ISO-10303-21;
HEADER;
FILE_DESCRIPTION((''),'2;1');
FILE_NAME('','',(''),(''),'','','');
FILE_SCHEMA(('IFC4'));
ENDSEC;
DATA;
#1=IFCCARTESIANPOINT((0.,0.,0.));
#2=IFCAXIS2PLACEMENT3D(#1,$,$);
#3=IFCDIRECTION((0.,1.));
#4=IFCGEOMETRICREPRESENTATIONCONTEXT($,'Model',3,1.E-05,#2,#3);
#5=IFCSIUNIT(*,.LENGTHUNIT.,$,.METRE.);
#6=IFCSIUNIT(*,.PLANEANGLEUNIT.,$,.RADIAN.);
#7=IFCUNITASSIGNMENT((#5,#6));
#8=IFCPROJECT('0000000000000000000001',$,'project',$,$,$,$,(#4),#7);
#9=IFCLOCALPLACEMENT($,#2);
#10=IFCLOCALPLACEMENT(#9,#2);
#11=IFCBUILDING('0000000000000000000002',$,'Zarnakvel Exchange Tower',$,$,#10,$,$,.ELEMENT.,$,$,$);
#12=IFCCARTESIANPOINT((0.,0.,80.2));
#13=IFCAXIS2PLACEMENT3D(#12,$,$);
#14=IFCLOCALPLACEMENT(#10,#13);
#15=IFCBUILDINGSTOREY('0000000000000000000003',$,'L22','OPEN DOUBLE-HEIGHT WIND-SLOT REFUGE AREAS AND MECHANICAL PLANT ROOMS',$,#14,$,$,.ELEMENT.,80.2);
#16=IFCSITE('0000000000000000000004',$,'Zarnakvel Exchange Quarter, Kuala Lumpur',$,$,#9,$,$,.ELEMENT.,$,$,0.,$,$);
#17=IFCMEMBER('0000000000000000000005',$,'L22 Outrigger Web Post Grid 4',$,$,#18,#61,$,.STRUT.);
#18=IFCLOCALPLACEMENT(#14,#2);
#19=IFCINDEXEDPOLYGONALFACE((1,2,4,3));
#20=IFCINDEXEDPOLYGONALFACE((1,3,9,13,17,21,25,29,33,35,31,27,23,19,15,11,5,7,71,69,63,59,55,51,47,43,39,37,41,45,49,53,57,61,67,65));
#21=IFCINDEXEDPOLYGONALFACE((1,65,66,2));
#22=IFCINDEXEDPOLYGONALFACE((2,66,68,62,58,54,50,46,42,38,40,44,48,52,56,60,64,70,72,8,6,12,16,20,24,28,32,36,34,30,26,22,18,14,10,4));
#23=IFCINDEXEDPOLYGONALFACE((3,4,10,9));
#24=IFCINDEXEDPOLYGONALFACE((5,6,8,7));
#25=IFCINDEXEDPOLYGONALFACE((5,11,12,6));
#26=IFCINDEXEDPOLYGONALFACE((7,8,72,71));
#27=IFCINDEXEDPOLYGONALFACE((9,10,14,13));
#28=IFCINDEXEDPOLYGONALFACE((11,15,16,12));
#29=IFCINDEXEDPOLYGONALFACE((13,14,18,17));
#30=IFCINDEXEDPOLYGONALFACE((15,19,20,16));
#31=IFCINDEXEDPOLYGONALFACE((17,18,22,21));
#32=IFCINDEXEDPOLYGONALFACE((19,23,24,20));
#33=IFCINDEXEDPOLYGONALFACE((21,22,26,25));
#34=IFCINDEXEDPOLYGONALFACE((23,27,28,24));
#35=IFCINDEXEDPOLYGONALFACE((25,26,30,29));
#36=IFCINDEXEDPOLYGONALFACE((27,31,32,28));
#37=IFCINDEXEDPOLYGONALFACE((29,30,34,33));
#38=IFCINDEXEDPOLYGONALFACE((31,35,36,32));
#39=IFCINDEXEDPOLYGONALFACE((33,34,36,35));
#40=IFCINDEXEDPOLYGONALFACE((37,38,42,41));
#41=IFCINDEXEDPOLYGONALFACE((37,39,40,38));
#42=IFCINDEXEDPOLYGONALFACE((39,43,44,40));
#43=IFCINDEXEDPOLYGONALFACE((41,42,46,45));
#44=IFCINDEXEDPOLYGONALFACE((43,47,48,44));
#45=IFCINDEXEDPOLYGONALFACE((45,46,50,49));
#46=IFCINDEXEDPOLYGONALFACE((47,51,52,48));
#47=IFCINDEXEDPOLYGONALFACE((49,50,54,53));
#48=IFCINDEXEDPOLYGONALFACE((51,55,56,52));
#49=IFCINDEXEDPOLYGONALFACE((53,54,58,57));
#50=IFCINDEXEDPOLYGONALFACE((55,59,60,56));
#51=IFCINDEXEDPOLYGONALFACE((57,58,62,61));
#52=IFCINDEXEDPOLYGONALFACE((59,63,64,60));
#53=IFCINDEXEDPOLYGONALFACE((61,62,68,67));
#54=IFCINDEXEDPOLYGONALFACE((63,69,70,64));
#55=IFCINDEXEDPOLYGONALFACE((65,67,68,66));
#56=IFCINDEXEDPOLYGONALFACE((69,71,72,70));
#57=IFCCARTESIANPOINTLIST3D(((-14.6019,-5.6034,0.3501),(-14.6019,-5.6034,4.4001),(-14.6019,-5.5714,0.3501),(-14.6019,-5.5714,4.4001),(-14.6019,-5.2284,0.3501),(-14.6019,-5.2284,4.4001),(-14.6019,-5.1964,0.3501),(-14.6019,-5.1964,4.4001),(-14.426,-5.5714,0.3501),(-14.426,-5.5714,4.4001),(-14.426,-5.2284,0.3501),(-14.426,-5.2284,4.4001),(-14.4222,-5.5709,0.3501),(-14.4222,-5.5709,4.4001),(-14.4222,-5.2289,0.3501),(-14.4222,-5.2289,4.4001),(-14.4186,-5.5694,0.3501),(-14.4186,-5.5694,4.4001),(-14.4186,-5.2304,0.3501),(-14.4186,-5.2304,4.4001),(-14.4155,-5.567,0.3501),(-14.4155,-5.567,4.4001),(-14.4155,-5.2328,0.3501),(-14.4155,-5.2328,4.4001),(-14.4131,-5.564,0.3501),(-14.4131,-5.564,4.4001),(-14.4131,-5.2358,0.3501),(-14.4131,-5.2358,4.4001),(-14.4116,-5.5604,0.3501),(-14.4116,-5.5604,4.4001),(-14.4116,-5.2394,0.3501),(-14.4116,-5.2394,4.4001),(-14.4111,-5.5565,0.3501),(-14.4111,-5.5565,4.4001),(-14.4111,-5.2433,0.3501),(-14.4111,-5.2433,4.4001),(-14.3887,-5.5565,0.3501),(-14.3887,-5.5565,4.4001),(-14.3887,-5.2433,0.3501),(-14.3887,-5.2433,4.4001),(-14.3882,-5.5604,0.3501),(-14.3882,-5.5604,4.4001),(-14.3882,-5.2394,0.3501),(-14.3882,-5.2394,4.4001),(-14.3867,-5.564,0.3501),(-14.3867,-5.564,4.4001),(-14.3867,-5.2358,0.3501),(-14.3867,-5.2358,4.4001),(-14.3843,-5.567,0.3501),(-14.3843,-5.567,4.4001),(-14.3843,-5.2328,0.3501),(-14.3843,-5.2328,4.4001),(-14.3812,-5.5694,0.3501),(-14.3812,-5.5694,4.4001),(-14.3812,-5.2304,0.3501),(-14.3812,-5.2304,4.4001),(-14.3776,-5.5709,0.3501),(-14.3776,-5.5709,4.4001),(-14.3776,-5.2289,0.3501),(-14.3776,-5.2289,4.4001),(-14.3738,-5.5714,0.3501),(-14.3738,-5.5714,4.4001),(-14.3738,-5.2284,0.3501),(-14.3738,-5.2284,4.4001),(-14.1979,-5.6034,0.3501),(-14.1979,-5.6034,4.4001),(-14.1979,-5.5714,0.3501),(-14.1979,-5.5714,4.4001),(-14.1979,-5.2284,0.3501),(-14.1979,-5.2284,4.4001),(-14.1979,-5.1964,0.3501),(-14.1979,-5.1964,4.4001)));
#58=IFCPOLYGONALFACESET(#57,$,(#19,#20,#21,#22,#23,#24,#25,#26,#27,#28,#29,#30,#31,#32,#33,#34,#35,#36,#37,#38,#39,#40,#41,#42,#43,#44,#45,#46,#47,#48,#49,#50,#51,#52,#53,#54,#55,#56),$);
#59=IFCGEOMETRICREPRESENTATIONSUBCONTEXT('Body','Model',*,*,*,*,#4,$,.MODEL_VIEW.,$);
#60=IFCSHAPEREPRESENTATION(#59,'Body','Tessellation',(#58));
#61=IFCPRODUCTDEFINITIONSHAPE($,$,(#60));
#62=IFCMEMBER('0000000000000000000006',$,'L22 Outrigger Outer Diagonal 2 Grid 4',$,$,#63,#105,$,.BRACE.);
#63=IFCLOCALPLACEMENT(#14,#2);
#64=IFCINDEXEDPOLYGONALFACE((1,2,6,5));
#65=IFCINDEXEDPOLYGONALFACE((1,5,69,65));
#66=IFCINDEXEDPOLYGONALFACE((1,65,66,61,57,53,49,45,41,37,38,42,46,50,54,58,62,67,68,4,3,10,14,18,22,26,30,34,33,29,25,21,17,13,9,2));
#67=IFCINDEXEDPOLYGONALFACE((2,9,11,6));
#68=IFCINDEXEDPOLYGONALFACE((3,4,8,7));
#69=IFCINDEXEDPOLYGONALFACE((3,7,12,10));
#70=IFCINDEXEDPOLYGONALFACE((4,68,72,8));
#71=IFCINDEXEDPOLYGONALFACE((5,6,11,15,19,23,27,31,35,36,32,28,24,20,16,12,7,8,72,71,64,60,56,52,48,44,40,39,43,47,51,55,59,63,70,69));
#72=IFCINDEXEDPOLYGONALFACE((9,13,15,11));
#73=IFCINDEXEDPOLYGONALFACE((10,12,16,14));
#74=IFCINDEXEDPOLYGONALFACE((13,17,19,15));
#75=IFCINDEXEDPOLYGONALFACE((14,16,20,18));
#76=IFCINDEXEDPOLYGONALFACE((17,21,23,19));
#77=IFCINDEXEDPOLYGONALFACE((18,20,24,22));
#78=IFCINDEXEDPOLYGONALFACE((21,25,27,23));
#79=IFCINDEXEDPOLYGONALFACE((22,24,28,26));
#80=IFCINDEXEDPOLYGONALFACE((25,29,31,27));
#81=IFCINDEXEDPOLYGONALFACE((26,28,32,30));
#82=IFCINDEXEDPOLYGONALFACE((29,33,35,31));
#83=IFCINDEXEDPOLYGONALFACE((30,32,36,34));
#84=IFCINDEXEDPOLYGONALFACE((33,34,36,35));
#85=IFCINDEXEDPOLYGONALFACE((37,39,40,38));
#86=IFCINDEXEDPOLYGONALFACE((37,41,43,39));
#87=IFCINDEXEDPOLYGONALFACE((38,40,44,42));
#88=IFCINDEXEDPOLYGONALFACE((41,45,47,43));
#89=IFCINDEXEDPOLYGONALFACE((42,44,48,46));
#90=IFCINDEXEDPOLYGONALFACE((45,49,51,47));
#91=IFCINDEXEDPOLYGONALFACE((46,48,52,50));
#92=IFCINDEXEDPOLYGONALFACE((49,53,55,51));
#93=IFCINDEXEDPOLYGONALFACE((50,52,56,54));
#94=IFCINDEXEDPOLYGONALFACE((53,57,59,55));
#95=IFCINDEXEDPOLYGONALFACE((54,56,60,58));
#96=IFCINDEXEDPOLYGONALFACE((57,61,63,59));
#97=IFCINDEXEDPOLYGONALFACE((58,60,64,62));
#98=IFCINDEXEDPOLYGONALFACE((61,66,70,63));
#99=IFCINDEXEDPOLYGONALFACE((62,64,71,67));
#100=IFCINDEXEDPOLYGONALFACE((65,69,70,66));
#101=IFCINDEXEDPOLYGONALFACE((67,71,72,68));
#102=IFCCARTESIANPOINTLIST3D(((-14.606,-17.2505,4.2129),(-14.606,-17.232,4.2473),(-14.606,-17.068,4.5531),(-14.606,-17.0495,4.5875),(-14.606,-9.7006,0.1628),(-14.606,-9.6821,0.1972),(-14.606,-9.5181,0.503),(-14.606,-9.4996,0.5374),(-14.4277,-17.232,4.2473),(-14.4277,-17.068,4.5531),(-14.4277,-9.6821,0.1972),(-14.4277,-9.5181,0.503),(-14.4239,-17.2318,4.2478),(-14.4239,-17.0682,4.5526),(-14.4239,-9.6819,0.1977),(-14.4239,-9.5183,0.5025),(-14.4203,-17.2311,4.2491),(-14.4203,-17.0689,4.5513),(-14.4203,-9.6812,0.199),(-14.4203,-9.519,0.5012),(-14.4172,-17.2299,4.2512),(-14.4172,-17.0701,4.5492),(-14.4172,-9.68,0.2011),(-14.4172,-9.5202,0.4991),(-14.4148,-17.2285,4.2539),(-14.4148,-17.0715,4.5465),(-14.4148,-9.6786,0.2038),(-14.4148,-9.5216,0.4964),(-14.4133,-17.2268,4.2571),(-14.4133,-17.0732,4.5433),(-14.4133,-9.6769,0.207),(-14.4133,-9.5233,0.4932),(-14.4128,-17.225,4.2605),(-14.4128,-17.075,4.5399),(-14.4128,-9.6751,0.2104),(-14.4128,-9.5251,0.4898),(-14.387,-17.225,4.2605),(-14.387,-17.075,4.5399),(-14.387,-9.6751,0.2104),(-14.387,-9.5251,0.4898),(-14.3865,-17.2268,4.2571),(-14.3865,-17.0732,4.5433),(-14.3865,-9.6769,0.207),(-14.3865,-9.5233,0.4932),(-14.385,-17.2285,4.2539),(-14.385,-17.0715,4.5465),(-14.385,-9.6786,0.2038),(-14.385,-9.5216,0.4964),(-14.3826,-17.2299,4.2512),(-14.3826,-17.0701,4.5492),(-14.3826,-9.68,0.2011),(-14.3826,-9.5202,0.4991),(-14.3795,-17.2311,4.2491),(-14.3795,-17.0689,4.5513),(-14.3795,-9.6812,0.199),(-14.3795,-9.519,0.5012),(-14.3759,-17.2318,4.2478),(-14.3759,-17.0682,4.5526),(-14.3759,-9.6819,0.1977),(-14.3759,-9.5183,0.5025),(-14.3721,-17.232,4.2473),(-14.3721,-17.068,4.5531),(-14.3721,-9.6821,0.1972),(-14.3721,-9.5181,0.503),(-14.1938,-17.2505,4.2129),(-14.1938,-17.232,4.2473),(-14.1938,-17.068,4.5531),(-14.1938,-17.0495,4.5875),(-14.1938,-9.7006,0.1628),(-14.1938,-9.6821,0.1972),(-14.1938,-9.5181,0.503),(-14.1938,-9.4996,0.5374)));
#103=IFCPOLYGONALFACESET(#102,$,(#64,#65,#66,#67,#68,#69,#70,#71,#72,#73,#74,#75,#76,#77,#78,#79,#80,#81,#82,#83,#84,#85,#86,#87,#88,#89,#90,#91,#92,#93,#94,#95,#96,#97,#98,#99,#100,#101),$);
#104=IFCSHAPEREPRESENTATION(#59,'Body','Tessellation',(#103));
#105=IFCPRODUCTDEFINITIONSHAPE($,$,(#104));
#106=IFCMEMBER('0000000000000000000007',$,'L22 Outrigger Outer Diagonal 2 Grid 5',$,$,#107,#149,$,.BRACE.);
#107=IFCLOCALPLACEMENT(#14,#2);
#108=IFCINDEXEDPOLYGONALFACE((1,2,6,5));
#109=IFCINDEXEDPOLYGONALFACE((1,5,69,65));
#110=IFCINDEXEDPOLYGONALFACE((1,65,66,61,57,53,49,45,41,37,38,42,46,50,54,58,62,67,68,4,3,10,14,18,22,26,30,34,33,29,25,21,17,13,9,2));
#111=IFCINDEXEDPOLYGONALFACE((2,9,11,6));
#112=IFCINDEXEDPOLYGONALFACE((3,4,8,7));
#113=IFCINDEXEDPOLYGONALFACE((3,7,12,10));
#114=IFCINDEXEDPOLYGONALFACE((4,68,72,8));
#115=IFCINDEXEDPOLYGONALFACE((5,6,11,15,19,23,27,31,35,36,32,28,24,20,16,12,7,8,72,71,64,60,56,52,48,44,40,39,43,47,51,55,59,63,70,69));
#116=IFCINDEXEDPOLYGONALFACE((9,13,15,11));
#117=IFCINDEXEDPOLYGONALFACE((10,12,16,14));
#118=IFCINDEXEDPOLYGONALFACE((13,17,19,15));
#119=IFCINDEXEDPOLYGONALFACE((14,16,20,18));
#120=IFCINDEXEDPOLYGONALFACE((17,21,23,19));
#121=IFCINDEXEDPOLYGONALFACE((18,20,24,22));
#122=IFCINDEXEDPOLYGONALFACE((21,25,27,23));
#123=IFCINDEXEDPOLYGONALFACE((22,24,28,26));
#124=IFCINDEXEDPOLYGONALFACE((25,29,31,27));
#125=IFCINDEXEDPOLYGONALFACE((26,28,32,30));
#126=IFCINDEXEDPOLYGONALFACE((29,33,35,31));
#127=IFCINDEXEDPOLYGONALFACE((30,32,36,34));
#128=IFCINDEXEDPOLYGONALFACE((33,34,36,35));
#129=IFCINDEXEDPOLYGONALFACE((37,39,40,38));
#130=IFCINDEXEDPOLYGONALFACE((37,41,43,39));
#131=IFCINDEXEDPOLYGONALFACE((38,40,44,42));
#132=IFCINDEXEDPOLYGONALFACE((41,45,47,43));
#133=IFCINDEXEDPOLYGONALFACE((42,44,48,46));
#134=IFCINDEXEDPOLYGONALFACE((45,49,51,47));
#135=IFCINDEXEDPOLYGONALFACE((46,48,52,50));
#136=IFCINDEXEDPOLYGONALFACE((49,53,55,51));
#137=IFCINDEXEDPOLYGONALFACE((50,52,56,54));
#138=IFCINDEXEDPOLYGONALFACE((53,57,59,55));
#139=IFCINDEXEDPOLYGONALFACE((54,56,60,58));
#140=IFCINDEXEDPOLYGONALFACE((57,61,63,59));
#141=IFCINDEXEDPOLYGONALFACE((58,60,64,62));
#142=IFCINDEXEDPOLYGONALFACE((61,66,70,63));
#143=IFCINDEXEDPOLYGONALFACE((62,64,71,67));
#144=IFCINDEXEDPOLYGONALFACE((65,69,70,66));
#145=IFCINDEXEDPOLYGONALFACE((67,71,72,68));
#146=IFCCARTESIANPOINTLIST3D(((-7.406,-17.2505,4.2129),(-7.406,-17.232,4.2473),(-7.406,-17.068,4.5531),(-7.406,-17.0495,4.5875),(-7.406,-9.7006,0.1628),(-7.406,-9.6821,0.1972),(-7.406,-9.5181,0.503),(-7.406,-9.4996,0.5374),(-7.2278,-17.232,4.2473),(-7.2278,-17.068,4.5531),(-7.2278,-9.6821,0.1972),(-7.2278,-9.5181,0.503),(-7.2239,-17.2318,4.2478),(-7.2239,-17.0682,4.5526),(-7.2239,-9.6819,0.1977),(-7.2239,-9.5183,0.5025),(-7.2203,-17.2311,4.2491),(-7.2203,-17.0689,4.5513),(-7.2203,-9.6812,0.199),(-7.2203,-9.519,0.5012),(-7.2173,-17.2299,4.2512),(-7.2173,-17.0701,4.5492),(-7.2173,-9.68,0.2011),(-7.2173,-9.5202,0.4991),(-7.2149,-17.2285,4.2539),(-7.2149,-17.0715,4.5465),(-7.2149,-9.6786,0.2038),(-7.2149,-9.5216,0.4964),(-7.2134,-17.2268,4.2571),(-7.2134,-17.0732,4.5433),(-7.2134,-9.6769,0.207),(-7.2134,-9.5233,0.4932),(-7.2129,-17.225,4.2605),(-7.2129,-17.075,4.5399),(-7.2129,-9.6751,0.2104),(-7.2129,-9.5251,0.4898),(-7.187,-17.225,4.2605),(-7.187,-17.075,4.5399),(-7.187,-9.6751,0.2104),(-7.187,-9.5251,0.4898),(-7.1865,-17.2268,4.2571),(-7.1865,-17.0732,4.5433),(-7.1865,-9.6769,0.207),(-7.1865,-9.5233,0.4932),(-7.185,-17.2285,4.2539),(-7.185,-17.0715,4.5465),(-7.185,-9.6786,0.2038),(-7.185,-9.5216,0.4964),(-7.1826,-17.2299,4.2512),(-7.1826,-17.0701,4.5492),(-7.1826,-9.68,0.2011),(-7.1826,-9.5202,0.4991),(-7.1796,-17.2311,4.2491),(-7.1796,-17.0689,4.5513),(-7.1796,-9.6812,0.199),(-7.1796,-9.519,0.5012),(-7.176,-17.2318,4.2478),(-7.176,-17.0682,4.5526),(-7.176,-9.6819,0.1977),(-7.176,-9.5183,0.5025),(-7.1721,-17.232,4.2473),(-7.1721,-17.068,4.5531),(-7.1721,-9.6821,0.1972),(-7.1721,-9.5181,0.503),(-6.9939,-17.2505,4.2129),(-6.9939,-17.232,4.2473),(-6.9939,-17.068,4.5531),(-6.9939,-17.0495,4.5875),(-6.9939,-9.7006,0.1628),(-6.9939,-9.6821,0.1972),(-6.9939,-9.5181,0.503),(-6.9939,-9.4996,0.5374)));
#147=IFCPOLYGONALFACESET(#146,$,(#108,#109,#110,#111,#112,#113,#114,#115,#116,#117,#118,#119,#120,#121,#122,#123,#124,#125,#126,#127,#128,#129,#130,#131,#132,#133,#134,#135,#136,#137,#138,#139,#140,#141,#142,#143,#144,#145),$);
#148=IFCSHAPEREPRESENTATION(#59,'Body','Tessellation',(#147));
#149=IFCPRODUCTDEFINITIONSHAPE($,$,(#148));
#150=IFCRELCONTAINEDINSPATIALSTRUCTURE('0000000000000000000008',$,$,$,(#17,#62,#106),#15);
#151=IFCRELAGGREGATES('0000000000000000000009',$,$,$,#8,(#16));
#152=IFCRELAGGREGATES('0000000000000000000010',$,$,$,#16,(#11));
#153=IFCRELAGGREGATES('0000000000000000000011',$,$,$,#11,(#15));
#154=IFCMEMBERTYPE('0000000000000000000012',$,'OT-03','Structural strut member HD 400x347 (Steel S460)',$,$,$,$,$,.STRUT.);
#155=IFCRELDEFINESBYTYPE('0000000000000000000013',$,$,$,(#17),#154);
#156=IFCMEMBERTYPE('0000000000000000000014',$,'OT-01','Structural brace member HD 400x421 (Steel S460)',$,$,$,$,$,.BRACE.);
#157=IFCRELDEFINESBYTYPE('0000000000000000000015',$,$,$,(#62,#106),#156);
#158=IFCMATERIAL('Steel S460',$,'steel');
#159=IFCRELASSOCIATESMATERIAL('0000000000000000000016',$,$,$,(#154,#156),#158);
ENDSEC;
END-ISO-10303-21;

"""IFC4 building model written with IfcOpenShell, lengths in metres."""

from ifc_helpers import new_model, si_unit, direction, frame, origin, origin_2d, place, context, subcontext, project, spatial, i_section, extrude, source, transform, mapped, material, material_profile, profile_set, type_object, element, save


model = new_model("IFC4")

# Units and contexts
model_context = context("Model", 3, precision=1e-05, world=origin(), true_north=direction((0.0, 1.0)))
body_context = subcontext(model_context, "Body", "Model", "MODEL_VIEW")
ifc_project = project(units=[si_unit("LENGTHUNIT", "METRE"), si_unit("PLANEANGLEUNIT", "RADIAN")], contexts=[model_context])

# Site, building, storey
site_placement = place(None, origin())
site = spatial("IfcSite", under=ifc_project, at=site_placement, Name="Zarnakvel Exchange Quarter, Kuala Lumpur", CompositionType="ELEMENT", RefElevation=0.0)
building_placement = place(site_placement, origin())
building = spatial("IfcBuilding", under=site, at=building_placement, Name="Zarnakvel Exchange Tower", CompositionType="ELEMENT")
storey_placement = place(building_placement, frame((0.0, 0.0, 80.2)))
storey = spatial("IfcBuildingStorey", under=building, at=storey_placement, Name="L22", Description="OPEN DOUBLE-HEIGHT WIND-SLOT REFUGE AREAS AND MECHANICAL PLANT ROOMS", CompositionType="ELEMENT", Elevation=80.2)

# Shared definitions
ifc_material_1 = material(Name="Steel S460", Category="steel")

# Members
ifc_material_profile_1 = material_profile(ifc_material_1, i_section(OverallWidth=0.4041, OverallDepth=0.407, WebThickness=0.0225, FlangeThickness=0.032, FilletRadius=0.0149, at=origin_2d()))
ifc_profile_set_1 = profile_set([ifc_material_profile_1], Name="Steel S460")
member_type_1 = type_object("IfcMemberType", Name="OT-03", Description="Structural strut member HD 400x347 (Steel S460)", PredefinedType="STRUT", material=ifc_profile_set_1)
shared_shape_1 = source(origin(), body_context, "Body", "SweptSolid", [
    extrude(i_section(OverallWidth=0.4041, OverallDepth=0.407, WebThickness=0.0225, FlangeThickness=0.032, FilletRadius=0.0149, at=origin_2d()), origin(), (0.0, 0.0, 1.0), 4.05),
])
member_1_placement = place(storey_placement, frame((-14.3999, -5.3999, 0.3501), z_axis=(0.0, 0.0, 1.0), x_axis=(1.0, 0.0, 0.0)))
element("IfcMember", 1, at=member_1_placement, inside=storey, type_object=member_type_1, Name="L22 Outrigger Web Post Grid 4", PredefinedType="STRUT", context=body_context, shape_type="MappedRepresentation", body=[
    mapped(shared_shape_1, transform((0.0, 0.0, 0.0), x_axis=(1.0, 0.0, 0.0), y_axis=(0.0, 1.0, 0.0), z_axis=(0.0, 0.0, 1.0), scale=1.0)),
])
ifc_material_profile_2 = material_profile(ifc_material_1, i_section(OverallWidth=0.4121, OverallDepth=0.425, WebThickness=0.0259, FlangeThickness=0.0391, FilletRadius=0.0149, at=origin_2d()))
ifc_profile_set_2 = profile_set([ifc_material_profile_2], Name="Steel S460")
member_type_2 = type_object("IfcMemberType", Name="OT-01", Description="Structural brace member HD 400x421 (Steel S460)", PredefinedType="BRACE", material=ifc_profile_set_2)
shared_shape_2 = source(origin(), body_context, "Body", "SweptSolid", [
    extrude(i_section(OverallWidth=0.4121, OverallDepth=0.425, WebThickness=0.0259, FlangeThickness=0.0391, FilletRadius=0.0149, at=origin_2d()), origin(), (0.0, 0.0, 1.0), 8.5676),
])
for number, where, z_axis, x_axis, name in (
    (2, (-14.3999, -9.6001, 0.3501), (0.0, -0.881212, 0.472721), (1.0, 0.0, 0.0), "L22 Outrigger Outer Diagonal 2 Grid 4"),
    (3, (-7.2, -9.6001, 0.3501), (0.0, -0.881212, 0.472721), (1.0, 0.0, 0.0), "L22 Outrigger Outer Diagonal 2 Grid 5"),
):
    element("IfcMember", number, at=place(storey_placement, frame(where, z_axis=z_axis, x_axis=x_axis)), inside=storey, type_object=member_type_2, Name=name, PredefinedType="BRACE", context=body_context, shape_type="MappedRepresentation", body=[
        mapped(shared_shape_2, transform((0.0, 0.0, 0.0), x_axis=(1.0, 0.0, 0.0), y_axis=(0.0, 1.0, 0.0), z_axis=(0.0, 0.0, 1.0), scale=1.0)),
    ])

save(model, "model.ifc")
